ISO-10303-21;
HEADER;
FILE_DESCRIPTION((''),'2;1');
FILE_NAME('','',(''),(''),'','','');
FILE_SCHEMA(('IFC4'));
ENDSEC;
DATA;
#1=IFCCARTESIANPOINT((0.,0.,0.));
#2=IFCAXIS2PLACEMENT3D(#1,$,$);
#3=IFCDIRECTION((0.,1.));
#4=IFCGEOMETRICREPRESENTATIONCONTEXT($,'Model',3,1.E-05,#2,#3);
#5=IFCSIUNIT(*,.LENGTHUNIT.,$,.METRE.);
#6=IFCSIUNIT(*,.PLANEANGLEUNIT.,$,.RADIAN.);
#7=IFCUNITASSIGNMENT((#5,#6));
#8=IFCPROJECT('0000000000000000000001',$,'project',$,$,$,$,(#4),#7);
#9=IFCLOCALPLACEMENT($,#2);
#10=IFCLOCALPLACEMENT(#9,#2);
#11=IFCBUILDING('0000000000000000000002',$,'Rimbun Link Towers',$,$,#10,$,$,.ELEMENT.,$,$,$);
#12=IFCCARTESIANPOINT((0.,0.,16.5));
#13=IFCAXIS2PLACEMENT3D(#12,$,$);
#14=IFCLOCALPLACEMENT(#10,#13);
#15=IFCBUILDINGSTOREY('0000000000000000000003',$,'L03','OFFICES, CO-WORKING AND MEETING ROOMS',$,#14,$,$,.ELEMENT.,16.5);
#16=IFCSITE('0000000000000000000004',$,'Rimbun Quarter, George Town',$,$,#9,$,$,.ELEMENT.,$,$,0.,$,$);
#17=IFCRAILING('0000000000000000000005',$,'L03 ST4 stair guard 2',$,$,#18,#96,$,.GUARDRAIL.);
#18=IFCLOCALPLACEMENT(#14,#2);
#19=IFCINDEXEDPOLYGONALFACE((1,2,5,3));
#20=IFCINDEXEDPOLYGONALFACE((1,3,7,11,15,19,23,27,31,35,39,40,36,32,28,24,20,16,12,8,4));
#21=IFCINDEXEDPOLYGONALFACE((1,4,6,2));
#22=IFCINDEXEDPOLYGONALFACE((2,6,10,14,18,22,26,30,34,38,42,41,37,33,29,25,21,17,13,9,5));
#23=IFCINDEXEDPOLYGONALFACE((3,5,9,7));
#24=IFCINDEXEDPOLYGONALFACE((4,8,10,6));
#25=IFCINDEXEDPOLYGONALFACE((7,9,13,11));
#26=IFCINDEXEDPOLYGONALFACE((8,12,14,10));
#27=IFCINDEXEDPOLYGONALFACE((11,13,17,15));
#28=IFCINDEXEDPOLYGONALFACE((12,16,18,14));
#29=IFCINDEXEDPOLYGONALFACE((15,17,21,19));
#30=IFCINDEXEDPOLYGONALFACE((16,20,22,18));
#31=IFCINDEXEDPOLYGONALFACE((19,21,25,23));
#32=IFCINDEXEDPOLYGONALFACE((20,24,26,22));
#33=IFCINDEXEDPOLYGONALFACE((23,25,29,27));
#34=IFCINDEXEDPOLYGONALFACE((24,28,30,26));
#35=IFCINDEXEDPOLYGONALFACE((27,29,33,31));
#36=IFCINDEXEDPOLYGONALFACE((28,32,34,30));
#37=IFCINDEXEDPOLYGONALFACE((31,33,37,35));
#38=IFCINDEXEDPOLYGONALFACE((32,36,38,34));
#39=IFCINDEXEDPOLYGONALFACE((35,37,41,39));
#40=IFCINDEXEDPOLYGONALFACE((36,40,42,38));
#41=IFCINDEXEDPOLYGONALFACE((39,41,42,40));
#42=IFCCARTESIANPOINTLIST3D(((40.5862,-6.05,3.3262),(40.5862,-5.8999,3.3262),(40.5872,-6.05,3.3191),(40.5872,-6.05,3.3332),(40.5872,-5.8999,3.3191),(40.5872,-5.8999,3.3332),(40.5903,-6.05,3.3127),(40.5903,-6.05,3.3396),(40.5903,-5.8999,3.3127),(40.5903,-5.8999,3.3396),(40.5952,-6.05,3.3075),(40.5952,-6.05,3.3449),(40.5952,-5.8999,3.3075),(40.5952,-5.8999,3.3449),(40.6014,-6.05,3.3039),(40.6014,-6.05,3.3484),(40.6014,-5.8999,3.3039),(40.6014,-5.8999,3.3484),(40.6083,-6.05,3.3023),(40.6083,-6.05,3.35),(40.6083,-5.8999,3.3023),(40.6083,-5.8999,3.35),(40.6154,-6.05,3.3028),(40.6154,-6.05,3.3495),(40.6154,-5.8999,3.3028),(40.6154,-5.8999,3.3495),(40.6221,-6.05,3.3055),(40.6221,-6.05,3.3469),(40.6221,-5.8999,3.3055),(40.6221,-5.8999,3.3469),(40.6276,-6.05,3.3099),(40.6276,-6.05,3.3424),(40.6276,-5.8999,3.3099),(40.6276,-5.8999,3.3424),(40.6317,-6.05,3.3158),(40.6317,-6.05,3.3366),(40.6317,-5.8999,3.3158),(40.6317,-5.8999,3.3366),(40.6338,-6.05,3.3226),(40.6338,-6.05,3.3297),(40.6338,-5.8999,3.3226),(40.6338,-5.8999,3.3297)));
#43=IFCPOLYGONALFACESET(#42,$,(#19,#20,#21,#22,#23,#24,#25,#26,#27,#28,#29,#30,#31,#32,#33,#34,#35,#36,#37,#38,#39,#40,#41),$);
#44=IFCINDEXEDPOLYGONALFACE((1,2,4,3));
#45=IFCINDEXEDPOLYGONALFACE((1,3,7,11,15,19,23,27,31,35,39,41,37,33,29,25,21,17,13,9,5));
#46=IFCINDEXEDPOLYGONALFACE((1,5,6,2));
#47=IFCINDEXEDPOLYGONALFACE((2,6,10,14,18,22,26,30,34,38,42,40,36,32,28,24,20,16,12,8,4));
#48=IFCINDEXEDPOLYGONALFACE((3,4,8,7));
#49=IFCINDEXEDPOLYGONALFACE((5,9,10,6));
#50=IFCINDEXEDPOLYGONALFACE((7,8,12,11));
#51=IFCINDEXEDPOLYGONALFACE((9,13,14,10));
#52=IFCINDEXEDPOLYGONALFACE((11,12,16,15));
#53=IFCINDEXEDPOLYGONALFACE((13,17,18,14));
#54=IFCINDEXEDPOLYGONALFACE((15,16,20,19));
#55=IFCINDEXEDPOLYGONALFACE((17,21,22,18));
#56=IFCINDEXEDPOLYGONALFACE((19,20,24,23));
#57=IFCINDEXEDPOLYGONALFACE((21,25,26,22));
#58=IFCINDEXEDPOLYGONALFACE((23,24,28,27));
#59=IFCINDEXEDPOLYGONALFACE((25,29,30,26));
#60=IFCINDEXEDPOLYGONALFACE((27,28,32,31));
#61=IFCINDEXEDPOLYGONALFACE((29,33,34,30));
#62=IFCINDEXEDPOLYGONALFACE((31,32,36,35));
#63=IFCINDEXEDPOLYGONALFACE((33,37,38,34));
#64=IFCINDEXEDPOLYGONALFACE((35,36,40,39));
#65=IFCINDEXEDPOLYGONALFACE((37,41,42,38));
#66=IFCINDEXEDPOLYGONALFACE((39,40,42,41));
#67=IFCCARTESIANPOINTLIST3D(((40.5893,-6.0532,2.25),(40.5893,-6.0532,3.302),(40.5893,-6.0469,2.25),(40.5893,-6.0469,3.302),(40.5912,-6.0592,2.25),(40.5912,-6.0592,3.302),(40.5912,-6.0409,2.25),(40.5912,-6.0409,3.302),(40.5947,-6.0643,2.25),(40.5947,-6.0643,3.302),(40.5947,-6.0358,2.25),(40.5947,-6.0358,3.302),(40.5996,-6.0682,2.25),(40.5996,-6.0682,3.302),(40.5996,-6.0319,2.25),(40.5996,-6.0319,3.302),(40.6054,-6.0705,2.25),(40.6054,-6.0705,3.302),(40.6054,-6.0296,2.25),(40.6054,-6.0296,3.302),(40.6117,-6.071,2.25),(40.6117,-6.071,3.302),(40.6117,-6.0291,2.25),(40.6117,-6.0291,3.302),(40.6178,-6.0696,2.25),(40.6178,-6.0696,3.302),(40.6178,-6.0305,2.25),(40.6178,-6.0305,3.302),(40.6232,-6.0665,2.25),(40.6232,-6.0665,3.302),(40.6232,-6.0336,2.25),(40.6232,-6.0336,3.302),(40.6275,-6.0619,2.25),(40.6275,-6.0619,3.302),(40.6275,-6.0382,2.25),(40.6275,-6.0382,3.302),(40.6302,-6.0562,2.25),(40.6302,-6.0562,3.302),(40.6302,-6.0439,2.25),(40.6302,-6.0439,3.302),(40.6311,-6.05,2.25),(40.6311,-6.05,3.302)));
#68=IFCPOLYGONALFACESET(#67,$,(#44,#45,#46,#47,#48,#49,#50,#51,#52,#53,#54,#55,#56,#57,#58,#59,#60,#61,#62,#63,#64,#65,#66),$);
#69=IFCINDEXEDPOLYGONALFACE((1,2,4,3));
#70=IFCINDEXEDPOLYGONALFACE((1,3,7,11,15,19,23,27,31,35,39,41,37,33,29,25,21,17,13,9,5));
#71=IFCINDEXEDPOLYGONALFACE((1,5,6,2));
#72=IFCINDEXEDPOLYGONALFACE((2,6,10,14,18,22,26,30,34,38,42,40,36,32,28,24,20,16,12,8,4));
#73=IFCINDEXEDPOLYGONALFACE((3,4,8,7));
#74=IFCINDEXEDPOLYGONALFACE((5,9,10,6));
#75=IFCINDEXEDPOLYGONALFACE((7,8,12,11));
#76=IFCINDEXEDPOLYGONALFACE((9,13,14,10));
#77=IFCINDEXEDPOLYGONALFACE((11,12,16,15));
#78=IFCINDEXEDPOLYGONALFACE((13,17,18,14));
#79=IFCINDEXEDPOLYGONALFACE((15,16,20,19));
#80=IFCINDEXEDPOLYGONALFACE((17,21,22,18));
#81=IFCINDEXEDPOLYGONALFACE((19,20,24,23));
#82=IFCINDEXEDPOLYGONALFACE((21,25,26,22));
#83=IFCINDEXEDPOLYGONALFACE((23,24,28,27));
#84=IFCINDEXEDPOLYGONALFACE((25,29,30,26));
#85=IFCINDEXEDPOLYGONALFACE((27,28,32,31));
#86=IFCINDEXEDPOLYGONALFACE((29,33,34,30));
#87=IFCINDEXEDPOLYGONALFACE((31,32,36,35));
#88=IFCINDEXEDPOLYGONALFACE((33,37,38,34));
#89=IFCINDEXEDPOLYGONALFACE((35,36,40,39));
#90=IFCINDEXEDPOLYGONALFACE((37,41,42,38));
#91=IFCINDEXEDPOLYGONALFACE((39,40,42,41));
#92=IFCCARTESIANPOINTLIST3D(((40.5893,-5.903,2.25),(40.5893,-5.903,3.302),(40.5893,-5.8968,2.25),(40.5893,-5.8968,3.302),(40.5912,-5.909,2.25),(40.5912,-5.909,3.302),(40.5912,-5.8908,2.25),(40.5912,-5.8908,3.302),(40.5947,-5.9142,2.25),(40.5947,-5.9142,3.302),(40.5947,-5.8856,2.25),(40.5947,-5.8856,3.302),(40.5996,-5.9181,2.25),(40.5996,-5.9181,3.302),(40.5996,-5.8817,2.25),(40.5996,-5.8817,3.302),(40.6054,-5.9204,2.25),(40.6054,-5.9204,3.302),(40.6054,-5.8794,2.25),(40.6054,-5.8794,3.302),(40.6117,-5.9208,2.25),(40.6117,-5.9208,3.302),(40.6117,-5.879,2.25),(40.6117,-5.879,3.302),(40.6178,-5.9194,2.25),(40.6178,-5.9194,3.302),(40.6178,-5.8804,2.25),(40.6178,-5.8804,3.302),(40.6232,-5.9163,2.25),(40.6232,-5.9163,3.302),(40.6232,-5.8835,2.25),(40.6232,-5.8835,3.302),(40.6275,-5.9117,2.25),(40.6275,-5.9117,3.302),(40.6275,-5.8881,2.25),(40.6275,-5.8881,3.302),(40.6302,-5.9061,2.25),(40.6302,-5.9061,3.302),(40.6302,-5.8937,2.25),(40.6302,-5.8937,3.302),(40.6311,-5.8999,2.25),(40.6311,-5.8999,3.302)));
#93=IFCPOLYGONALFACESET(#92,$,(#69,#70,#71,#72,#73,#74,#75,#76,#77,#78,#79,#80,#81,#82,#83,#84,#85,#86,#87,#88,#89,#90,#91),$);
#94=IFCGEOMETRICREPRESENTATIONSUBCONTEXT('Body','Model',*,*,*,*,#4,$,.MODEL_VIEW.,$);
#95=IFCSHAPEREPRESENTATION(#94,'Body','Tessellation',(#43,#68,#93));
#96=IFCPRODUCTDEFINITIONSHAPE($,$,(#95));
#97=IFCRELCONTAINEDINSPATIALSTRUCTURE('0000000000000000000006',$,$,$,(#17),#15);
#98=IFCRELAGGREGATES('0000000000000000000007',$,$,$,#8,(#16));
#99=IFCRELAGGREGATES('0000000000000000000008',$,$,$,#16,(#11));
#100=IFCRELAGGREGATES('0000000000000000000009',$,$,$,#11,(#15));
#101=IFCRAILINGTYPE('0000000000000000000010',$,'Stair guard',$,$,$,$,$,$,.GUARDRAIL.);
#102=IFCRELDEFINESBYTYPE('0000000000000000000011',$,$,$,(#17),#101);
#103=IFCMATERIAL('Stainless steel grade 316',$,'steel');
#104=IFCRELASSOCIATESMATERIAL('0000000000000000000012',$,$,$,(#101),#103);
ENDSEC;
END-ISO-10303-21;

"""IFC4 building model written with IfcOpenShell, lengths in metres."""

from ifc_helpers import new_model, si_unit, direction, frame, origin, origin_2d, place, context, subcontext, project, spatial, circle, extrude, material, type_object, element, save


model = new_model("IFC4")

# Units and contexts
model_context = context("Model", 3, precision=1e-05, world=origin(), true_north=direction((0.0, 1.0)))
body_context = subcontext(model_context, "Body", "Model", "MODEL_VIEW")
ifc_project = project(units=[si_unit("LENGTHUNIT", "METRE"), si_unit("PLANEANGLEUNIT", "RADIAN")], contexts=[model_context])

# Site, building, storey
site_placement = place(None, origin())
site = spatial("IfcSite", under=ifc_project, at=site_placement, Name="Rimbun Quarter, George Town", CompositionType="ELEMENT", RefElevation=0.0)
building_placement = place(site_placement, origin())
building = spatial("IfcBuilding", under=site, at=building_placement, Name="Rimbun Link Towers", CompositionType="ELEMENT")
storey_placement = place(building_placement, frame((0.0, 0.0, 16.5)))
storey = spatial("IfcBuildingStorey", under=building, at=storey_placement, Name="L03", Description="OFFICES, CO-WORKING AND MEETING ROOMS", CompositionType="ELEMENT", Elevation=16.5)

# Railing
ifc_material_1 = material(Name="Stainless steel grade 316", Category="steel")
railing_type_1 = type_object("IfcRailingType", Name="Stair guard", PredefinedType="GUARDRAIL", material=ifc_material_1)
railing_1_placement = place(storey_placement, frame((40.6101, -6.05, 2.25)))
element("IfcRailing", 1, at=railing_1_placement, inside=storey, type_object=railing_type_1, Name="L03 ST4 stair guard 2", PredefinedType="GUARDRAIL", context=body_context, shape_type="SweptSolid", body=[
    extrude(circle(Radius=0.0239, at=origin_2d()), frame((0.0, 0.0, 1.0762), z_axis=(0.0, 1.0, 0.0), x_axis=(-1.0, 0.0, 0.0)), (0.0, 0.0, 1.0), 0.1501),
    extrude(circle(Radius=0.021, at=origin_2d()), origin(), (0.0, 0.0, 1.0), 1.052),
    extrude(circle(Radius=0.021, at=origin_2d()), frame((0.0, 0.1501, 0.0)), (0.0, 0.0, 1.0), 1.052),
])

save(model, "model.ifc")
